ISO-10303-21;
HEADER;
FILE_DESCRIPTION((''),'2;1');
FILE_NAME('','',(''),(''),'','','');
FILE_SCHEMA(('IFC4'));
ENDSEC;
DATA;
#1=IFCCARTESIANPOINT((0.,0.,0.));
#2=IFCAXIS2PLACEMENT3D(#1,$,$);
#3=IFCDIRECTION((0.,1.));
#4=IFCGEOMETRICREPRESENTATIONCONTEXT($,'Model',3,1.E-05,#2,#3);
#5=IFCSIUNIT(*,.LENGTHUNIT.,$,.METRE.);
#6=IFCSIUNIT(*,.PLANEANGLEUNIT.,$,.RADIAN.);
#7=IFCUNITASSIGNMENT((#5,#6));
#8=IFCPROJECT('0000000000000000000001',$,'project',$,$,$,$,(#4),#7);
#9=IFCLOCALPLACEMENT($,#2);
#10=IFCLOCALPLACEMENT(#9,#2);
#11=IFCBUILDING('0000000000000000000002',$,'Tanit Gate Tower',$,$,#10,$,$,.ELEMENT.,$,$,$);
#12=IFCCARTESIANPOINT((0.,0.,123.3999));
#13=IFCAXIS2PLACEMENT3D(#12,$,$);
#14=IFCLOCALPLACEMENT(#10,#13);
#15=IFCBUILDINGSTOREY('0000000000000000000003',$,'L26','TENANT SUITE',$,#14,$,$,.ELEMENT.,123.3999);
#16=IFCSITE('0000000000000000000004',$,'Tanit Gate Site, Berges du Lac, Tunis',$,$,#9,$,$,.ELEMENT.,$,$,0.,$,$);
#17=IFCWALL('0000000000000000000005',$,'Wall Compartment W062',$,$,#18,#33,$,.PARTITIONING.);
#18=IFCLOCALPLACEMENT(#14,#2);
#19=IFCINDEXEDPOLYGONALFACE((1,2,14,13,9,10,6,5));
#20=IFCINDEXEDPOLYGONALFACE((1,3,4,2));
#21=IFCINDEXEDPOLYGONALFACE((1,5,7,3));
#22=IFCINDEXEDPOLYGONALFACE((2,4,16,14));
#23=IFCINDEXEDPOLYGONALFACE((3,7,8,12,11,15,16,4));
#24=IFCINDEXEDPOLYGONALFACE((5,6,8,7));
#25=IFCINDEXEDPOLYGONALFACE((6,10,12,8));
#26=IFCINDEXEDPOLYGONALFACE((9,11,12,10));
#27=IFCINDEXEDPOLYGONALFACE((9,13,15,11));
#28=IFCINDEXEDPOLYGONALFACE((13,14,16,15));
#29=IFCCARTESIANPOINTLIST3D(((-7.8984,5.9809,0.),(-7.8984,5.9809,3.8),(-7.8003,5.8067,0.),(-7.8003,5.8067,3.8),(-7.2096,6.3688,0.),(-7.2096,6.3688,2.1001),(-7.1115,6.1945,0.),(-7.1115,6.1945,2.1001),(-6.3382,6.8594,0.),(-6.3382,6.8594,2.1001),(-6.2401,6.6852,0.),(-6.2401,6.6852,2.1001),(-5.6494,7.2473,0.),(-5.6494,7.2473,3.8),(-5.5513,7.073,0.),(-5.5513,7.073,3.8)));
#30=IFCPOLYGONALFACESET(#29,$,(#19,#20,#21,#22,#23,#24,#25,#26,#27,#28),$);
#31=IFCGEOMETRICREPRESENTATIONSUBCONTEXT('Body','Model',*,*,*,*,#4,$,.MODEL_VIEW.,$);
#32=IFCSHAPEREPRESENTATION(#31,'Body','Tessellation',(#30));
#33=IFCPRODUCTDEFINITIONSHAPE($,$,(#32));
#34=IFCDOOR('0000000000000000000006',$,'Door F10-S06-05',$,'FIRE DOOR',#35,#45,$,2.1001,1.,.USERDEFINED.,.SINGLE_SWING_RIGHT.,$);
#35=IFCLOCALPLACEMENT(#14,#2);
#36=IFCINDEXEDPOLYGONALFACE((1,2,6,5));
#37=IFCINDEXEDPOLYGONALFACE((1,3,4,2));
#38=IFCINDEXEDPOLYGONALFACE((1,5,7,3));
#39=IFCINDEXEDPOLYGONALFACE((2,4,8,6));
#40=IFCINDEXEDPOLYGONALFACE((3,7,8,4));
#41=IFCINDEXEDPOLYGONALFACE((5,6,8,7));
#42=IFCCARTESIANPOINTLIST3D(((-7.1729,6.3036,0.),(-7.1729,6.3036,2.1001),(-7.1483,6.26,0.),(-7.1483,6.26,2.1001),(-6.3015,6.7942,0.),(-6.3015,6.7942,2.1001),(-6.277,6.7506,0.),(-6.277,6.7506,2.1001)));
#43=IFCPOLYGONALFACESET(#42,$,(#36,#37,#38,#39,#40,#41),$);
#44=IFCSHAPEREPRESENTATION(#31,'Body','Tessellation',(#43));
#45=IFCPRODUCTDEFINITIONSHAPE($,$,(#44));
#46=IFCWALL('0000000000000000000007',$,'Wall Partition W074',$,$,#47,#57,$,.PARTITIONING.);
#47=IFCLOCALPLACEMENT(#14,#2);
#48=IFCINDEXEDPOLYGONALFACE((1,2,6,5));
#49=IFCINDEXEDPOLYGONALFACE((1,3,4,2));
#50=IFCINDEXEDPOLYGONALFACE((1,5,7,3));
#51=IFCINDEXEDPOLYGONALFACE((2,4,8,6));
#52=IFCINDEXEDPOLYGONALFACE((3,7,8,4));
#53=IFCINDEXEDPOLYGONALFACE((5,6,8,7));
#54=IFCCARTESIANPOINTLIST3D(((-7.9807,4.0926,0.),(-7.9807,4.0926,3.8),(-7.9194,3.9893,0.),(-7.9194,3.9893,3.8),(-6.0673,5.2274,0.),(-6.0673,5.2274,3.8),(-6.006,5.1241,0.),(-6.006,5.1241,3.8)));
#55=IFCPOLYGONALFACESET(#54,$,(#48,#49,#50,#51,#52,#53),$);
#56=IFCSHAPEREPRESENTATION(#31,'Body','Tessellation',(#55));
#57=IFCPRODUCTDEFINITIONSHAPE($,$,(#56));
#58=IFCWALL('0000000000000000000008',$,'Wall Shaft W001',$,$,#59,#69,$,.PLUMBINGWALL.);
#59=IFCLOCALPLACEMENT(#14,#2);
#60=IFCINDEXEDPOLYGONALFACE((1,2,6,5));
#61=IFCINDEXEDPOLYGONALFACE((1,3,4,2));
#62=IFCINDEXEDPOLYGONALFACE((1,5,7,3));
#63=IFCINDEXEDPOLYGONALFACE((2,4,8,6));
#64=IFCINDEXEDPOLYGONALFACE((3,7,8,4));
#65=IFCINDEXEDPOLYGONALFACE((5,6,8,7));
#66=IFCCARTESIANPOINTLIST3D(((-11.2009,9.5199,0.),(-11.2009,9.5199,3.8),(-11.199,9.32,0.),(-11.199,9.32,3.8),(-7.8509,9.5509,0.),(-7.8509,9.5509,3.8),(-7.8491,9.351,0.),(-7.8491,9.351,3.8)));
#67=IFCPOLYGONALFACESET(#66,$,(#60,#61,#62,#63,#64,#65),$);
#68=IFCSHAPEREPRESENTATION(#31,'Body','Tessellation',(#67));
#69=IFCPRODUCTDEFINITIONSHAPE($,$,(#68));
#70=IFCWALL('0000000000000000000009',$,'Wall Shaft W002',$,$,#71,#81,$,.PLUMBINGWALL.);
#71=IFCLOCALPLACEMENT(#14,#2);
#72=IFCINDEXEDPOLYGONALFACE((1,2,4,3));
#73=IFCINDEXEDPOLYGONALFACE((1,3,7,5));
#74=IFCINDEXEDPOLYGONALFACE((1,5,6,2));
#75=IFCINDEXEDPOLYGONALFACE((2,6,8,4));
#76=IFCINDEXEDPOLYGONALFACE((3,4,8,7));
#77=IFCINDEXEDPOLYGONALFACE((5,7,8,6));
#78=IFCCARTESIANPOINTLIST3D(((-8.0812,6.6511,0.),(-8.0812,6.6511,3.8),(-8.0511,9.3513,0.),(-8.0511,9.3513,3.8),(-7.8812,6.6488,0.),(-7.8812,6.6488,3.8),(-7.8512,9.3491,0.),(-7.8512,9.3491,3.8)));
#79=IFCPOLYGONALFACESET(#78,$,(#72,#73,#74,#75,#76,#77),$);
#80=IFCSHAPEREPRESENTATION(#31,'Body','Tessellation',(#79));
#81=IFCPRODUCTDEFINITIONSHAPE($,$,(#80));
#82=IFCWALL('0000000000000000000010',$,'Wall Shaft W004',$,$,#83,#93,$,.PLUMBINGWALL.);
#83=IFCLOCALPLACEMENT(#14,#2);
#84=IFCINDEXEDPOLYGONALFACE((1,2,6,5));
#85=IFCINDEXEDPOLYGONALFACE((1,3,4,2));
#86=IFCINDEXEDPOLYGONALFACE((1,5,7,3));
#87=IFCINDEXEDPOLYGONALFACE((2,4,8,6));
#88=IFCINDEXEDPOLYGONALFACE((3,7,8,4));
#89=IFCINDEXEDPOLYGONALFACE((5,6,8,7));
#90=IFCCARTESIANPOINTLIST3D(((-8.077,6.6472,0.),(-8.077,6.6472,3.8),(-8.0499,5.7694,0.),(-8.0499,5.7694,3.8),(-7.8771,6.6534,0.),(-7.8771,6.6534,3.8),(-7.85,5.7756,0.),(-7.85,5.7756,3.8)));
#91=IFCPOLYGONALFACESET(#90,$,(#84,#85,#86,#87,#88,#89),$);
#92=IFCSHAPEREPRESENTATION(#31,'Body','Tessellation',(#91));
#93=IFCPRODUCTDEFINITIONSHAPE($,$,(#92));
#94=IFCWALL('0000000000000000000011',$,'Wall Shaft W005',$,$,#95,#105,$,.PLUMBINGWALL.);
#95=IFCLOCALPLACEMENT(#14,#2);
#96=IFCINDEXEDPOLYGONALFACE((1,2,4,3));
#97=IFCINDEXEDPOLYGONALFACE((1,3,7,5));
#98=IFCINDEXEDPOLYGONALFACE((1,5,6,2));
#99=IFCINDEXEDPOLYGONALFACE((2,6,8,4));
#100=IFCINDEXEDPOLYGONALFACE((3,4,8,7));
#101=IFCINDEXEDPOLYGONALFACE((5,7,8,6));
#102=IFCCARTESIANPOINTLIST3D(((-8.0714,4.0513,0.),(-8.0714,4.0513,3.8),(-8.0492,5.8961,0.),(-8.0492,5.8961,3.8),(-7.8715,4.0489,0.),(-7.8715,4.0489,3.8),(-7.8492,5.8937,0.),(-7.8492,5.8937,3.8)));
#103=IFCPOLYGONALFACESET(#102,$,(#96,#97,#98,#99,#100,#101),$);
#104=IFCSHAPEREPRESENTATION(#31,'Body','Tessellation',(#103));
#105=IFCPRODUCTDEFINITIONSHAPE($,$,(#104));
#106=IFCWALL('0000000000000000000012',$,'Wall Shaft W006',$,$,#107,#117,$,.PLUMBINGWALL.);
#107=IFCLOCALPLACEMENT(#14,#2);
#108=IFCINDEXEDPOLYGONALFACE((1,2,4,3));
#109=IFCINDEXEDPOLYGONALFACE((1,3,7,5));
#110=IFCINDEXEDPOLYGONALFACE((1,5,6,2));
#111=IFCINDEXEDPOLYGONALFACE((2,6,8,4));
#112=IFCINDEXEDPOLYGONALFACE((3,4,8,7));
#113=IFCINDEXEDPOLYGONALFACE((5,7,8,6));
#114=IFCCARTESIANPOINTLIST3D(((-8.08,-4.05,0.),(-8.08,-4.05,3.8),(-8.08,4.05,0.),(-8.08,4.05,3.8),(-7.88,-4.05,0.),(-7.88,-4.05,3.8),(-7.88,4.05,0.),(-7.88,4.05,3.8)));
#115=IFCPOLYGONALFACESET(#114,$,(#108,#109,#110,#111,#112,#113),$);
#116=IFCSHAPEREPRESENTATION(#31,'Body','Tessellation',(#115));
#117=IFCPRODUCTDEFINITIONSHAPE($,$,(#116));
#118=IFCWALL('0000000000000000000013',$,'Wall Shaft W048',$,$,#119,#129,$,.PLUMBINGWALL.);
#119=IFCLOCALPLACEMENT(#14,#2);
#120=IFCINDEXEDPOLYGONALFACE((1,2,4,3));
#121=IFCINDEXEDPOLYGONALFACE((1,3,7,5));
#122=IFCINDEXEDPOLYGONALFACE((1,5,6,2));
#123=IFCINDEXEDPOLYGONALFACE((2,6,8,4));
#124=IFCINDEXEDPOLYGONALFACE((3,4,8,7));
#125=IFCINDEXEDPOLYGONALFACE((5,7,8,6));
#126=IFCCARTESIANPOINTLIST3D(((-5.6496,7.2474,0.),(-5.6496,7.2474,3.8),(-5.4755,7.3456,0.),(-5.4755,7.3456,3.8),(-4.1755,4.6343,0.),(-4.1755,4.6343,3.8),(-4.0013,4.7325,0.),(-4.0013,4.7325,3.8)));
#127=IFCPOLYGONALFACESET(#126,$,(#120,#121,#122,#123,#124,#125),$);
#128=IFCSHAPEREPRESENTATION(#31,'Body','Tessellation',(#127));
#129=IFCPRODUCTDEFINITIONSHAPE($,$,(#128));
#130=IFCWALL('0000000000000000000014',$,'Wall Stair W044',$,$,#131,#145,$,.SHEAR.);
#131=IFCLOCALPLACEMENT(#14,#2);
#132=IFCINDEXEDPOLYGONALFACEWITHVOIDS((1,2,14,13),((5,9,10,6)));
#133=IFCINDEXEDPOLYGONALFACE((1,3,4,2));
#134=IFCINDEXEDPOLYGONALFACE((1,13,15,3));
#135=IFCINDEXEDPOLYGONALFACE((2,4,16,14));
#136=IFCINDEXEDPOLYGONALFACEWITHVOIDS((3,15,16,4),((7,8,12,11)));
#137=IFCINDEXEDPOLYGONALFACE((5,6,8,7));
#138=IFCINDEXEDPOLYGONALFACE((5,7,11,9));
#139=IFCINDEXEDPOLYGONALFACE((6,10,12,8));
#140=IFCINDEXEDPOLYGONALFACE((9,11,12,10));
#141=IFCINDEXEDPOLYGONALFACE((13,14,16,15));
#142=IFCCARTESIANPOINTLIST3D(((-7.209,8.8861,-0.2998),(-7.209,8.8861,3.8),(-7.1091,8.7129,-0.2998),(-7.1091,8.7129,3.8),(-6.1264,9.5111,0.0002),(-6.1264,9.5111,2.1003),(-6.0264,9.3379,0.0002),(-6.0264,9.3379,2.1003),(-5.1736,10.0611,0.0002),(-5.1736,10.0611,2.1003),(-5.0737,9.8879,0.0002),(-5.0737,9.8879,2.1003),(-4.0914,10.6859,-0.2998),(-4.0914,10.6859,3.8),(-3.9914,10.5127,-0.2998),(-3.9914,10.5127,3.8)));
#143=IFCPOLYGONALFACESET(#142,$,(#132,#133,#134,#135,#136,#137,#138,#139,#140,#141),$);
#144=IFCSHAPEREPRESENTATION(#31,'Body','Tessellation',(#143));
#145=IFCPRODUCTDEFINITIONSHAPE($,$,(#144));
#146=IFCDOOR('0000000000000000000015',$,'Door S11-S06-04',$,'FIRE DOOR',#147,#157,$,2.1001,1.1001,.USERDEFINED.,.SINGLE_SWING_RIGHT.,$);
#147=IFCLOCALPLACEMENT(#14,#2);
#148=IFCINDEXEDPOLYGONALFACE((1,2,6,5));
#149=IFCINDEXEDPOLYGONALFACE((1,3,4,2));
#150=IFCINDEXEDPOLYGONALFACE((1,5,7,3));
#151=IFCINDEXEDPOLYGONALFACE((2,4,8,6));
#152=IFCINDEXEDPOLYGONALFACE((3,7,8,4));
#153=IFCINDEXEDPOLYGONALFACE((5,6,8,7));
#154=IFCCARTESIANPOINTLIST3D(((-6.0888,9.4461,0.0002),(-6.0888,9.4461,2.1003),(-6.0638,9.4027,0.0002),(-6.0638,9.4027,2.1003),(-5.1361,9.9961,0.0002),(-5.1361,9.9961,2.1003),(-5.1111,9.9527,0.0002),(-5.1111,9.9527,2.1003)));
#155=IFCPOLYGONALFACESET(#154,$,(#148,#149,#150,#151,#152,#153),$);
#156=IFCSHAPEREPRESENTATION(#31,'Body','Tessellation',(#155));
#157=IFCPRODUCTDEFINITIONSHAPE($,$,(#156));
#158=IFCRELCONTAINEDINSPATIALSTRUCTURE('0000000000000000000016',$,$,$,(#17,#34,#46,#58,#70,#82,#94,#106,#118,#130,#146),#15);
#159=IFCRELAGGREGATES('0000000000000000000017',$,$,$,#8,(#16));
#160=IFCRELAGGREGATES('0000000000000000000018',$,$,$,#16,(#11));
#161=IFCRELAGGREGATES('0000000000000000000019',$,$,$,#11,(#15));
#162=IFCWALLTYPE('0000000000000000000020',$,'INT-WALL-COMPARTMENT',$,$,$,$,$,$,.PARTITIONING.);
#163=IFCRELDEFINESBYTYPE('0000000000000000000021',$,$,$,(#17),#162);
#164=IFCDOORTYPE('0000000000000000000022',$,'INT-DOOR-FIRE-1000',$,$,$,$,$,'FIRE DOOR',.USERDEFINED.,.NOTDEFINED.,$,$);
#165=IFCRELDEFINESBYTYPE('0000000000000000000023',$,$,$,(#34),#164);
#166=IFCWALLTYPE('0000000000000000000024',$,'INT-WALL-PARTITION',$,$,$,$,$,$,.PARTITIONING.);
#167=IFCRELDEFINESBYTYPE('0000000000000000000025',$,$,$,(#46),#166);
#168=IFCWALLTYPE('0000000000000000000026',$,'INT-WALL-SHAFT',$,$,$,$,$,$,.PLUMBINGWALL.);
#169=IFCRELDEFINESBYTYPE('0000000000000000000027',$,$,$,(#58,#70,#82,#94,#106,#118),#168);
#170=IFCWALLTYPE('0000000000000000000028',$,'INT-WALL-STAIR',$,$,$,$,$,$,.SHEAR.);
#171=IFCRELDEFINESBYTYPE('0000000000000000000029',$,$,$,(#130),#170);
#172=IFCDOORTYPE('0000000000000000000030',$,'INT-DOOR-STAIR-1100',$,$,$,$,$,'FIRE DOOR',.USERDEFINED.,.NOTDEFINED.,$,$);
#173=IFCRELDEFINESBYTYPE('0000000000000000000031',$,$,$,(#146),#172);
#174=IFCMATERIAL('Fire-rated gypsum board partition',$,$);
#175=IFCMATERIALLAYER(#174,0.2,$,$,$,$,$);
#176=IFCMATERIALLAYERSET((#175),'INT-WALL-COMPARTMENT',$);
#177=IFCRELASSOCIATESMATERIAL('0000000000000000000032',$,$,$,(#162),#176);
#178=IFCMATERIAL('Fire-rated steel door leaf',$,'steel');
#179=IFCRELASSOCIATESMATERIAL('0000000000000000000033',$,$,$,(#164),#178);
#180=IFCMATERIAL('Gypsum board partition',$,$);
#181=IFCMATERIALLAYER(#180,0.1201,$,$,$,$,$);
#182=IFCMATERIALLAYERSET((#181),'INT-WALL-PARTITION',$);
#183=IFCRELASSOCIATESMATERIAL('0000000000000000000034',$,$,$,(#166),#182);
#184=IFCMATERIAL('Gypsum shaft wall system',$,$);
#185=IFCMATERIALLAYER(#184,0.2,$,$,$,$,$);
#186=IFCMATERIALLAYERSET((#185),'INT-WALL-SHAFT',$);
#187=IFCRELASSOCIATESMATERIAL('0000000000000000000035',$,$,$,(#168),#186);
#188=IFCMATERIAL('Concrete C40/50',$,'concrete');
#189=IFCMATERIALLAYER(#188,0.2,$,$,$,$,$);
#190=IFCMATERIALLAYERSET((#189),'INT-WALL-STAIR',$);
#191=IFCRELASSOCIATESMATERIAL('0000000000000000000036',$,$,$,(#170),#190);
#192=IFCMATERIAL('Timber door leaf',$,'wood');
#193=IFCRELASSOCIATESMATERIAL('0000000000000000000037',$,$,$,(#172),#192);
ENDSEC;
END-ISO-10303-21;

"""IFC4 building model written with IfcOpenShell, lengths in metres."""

from ifc_helpers import new_model, si_unit, direction, frame, frame_2d, origin, place, context, subcontext, project, spatial, rectangle, extrude, material, layer, layer_set, type_object, element, fill, save


model = new_model("IFC4")

# Units and contexts
model_context = context("Model", 3, precision=1e-05, world=origin(), true_north=direction((0.0, 1.0)))
body_context = subcontext(model_context, "Body", "Model", "MODEL_VIEW")
ifc_project = project(units=[si_unit("LENGTHUNIT", "METRE"), si_unit("PLANEANGLEUNIT", "RADIAN")], contexts=[model_context])

# Site, building, storey
site_placement = place(None, origin())
site = spatial("IfcSite", under=ifc_project, at=site_placement, Name="Tanit Gate Site, Berges du Lac, Tunis", CompositionType="ELEMENT", RefElevation=0.0)
building_placement = place(site_placement, origin())
building = spatial("IfcBuilding", under=site, at=building_placement, Name="Tanit Gate Tower", CompositionType="ELEMENT")
storey_placement = place(building_placement, frame((0.0, 0.0, 123.3999)))
storey = spatial("IfcBuildingStorey", under=building, at=storey_placement, Name="L26", Description="TENANT SUITE", CompositionType="ELEMENT", Elevation=123.3999)

# Wall, opening, door
ifc_material_1 = material(Name="Fire-rated gypsum board partition")
ifc_layer_1 = layer(ifc_material_1, 0.2)
ifc_layer_set_1 = layer_set([ifc_layer_1], Name="INT-WALL-COMPARTMENT")
wall_type_1 = type_object("IfcWallType", Name="INT-WALL-COMPARTMENT", PredefinedType="PARTITIONING", material=ifc_layer_set_1)
wall_1_placement = place(storey_placement, frame((-5.6003, 7.1602, 0.0), z_axis=(0.0, 0.0, 1.0), x_axis=(-0.871363, -0.490638, 0.0)))
wall_1 = element("IfcWall", 1, at=wall_1_placement, inside=storey, type_object=wall_type_1, Name="Wall Compartment W062", PredefinedType="PARTITIONING", context=body_context, shape_type="SweptSolid", body=[
    extrude(rectangle(XDim=2.5811, YDim=0.2, at=frame_2d((1.2905, 0.0))), origin(), (0.0, 0.0, 1.0), 3.8),
])
opening_1_placement = place(wall_1_placement, frame((0.7905, 0.0, 0.0)))
opening_1 = element("IfcOpeningElement", 2, at=opening_1_placement, cuts=wall_1, PredefinedType="OPENING", context=body_context, shape_type="SweptSolid", body=[
    extrude(rectangle(XDim=1.0, YDim=2.1001, at=frame_2d((0.5, 1.05))), frame((0.0, 0.1099, 0.0), z_axis=(0.0, -1.0, 0.0), x_axis=(1.0, 0.0, 0.0)), (0.0, 0.0, 1.0), 0.22),
])
ifc_material_2 = material(Name="Fire-rated steel door leaf", Category="steel")
door_type_1 = type_object("IfcDoorType", Name="INT-DOOR-FIRE-1000", ElementType="FIRE DOOR", OperationType="NOTDEFINED", PredefinedType="USERDEFINED", material=ifc_material_2)
door_1_placement = place(opening_1_placement, origin())
door_1 = element("IfcDoor", 3, at=door_1_placement, inside=storey, type_object=door_type_1, Name="Door F10-S06-05", ObjectType="FIRE DOOR", OperationType="SINGLE_SWING_RIGHT", OverallHeight=2.1001, OverallWidth=1.0, PredefinedType="USERDEFINED", context=body_context, shape_type="SweptSolid", body=[
    extrude(rectangle(XDim=1.0, YDim=2.1001, at=frame_2d((0.5, 1.05))), frame((0.0, 0.0249, 0.0), z_axis=(0.0, -1.0, 0.0), x_axis=(1.0, 0.0, 0.0)), (0.0, 0.0, 1.0), 0.05),
])
fill(opening_1, door_1)

# Walls
ifc_material_3 = material(Name="Gypsum board partition")
ifc_layer_2 = layer(ifc_material_3, 0.1201)
ifc_layer_set_2 = layer_set([ifc_layer_2], Name="INT-WALL-PARTITION")
wall_type_2 = type_object("IfcWallType", Name="INT-WALL-PARTITION", PredefinedType="PARTITIONING", material=ifc_layer_set_2)
wall_2_placement = place(storey_placement, frame((-6.0366, 5.1758, 0.0), z_axis=(0.0, 0.0, 1.0), x_axis=(-0.860106, -0.510115, 0.0)))
element("IfcWall", 4, at=wall_2_placement, inside=storey, type_object=wall_type_2, Name="Wall Partition W074", PredefinedType="PARTITIONING", context=body_context, shape_type="SweptSolid", body=[
    extrude(rectangle(XDim=2.2246, YDim=0.1201, at=frame_2d((1.1123, 0.0))), origin(), (0.0, 0.0, 1.0), 3.8),
])
ifc_material_4 = material(Name="Gypsum shaft wall system")
ifc_layer_3 = layer(ifc_material_4, 0.2)
ifc_layer_set_3 = layer_set([ifc_layer_3], Name="INT-WALL-SHAFT")
wall_type_3 = type_object("IfcWallType", Name="INT-WALL-SHAFT", PredefinedType="PLUMBINGWALL", material=ifc_layer_set_3)
wall_3_placement = place(storey_placement, frame((-11.2, 9.4199, 0.0), z_axis=(0.0, 0.0, 1.0), x_axis=(0.999957, 0.009255, 0.0)))
element("IfcWall", 5, at=wall_3_placement, inside=storey, type_object=wall_type_3, Name="Wall Shaft W001", PredefinedType="PLUMBINGWALL", context=body_context, shape_type="SweptSolid", body=[
    extrude(rectangle(XDim=3.3501, YDim=0.2, at=frame_2d((1.675, 0.0))), origin(), (0.0, 0.0, 1.0), 3.8),
])
wall_4_placement = place(storey_placement, frame((-7.9512, 9.3501, 0.0), z_axis=(0.0, 0.0, 1.0), x_axis=(-0.01112, -0.999938, 0.0)))
element("IfcWall", 6, at=wall_4_placement, inside=storey, type_object=wall_type_3, Name="Wall Shaft W002", PredefinedType="PLUMBINGWALL", context=body_context, shape_type="SweptSolid", body=[
    extrude(rectangle(XDim=2.7004, YDim=0.2, at=frame_2d((1.3501, 0.0))), origin(), (0.0, 0.0, 1.0), 3.8),
])
wall_5_placement = place(storey_placement, frame((-7.9771, 6.6501, 0.0), z_axis=(0.0, 0.0, 1.0), x_axis=(0.030862, -0.999524, 0.0)))
element("IfcWall", 7, at=wall_5_placement, inside=storey, type_object=wall_type_3, Name="Wall Shaft W004", PredefinedType="PLUMBINGWALL", context=body_context, shape_type="SweptSolid", body=[
    extrude(rectangle(XDim=0.8782, YDim=0.2, at=frame_2d((0.439, 0.0))), origin(), (0.0, 0.0, 1.0), 3.8),
])
wall_6_placement = place(storey_placement, frame((-7.9492, 5.8948, 0.0), z_axis=(0.0, 0.0, 1.0), x_axis=(-0.012043, -0.999927, 0.0)))
element("IfcWall", 8, at=wall_6_placement, inside=storey, type_object=wall_type_3, Name="Wall Shaft W005", PredefinedType="PLUMBINGWALL", context=body_context, shape_type="SweptSolid", body=[
    extrude(rectangle(XDim=1.845, YDim=0.2, at=frame_2d((0.9224, 0.0))), origin(), (0.0, 0.0, 1.0), 3.8),
])
wall_7_placement = place(storey_placement, frame((-7.98, 4.05, 0.0), z_axis=(0.0, 0.0, 1.0), x_axis=(0.0, -1.0, 0.0)))
element("IfcWall", 9, at=wall_7_placement, inside=storey, type_object=wall_type_3, Name="Wall Shaft W006", PredefinedType="PLUMBINGWALL", context=body_context, shape_type="SweptSolid", body=[
    extrude(rectangle(XDim=8.1001, YDim=0.2, at=frame_2d((4.05, 0.0))), origin(), (0.0, 0.0, 1.0), 3.8),
])

# Wall
wall_8_placement = place(storey_placement, frame((-5.5625, 7.2964, 0.0), z_axis=(0.0, 0.0, 1.0), x_axis=(0.491347, -0.870964, 0.0)))
element("IfcWall", 10, at=wall_8_placement, inside=storey, type_object=wall_type_3, Name="Wall Shaft W048", PredefinedType="PLUMBINGWALL", context=body_context, shape_type="SweptSolid", body=[
    extrude(rectangle(XDim=3.0002, YDim=0.2, at=frame_2d((1.5, 0.0))), origin(), (0.0, 0.0, 1.0), 3.8),
])

# Wall, opening, door
ifc_material_5 = material(Name="Concrete C40/50", Category="concrete")
ifc_layer_4 = layer(ifc_material_5, 0.2)
ifc_layer_set_4 = layer_set([ifc_layer_4], Name="INT-WALL-STAIR")
wall_type_4 = type_object("IfcWallType", Name="INT-WALL-STAIR", PredefinedType="SHEAR", material=ifc_layer_set_4)
wall_9_placement = place(storey_placement, frame((-7.1589, 8.7996, -0.2998), z_axis=(0.0, 0.0, 1.0), x_axis=(0.866048, 0.499961, 0.0)))
wall_9 = element("IfcWall", 11, at=wall_9_placement, inside=storey, type_object=wall_type_4, Name="Wall Stair W044", PredefinedType="SHEAR", context=body_context, shape_type="SweptSolid", body=[
    extrude(rectangle(XDim=3.5999, YDim=0.2, at=frame_2d((1.7998, 0.0))), origin(), (0.0, 0.0, 1.0), 4.0999),
])
opening_2_placement = place(wall_9_placement, frame((1.25, 0.0, 0.3)))
opening_2 = element("IfcOpeningElement", 12, at=opening_2_placement, cuts=wall_9, PredefinedType="OPENING", context=body_context, shape_type="SweptSolid", body=[
    extrude(rectangle(XDim=1.1001, YDim=2.1001, at=frame_2d((0.55, 1.05))), frame((0.0, 0.1099, 0.0), z_axis=(0.0, -1.0, 0.0), x_axis=(1.0, 0.0, 0.0)), (0.0, 0.0, 1.0), 0.22),
])
ifc_material_6 = material(Name="Timber door leaf", Category="wood")
door_type_2 = type_object("IfcDoorType", Name="INT-DOOR-STAIR-1100", ElementType="FIRE DOOR", OperationType="NOTDEFINED", PredefinedType="USERDEFINED", material=ifc_material_6)
door_2_placement = place(opening_2_placement, origin())
door_2 = element("IfcDoor", 13, at=door_2_placement, inside=storey, type_object=door_type_2, Name="Door S11-S06-04", ObjectType="FIRE DOOR", OperationType="SINGLE_SWING_RIGHT", OverallHeight=2.1001, OverallWidth=1.1001, PredefinedType="USERDEFINED", context=body_context, shape_type="SweptSolid", body=[
    extrude(rectangle(XDim=1.1001, YDim=2.1001, at=frame_2d((0.55, 1.05))), frame((0.0, 0.0249, 0.0), z_axis=(0.0, -1.0, 0.0), x_axis=(1.0, 0.0, 0.0)), (0.0, 0.0, 1.0), 0.05),
])
fill(opening_2, door_2)

save(model, "model.ifc")
